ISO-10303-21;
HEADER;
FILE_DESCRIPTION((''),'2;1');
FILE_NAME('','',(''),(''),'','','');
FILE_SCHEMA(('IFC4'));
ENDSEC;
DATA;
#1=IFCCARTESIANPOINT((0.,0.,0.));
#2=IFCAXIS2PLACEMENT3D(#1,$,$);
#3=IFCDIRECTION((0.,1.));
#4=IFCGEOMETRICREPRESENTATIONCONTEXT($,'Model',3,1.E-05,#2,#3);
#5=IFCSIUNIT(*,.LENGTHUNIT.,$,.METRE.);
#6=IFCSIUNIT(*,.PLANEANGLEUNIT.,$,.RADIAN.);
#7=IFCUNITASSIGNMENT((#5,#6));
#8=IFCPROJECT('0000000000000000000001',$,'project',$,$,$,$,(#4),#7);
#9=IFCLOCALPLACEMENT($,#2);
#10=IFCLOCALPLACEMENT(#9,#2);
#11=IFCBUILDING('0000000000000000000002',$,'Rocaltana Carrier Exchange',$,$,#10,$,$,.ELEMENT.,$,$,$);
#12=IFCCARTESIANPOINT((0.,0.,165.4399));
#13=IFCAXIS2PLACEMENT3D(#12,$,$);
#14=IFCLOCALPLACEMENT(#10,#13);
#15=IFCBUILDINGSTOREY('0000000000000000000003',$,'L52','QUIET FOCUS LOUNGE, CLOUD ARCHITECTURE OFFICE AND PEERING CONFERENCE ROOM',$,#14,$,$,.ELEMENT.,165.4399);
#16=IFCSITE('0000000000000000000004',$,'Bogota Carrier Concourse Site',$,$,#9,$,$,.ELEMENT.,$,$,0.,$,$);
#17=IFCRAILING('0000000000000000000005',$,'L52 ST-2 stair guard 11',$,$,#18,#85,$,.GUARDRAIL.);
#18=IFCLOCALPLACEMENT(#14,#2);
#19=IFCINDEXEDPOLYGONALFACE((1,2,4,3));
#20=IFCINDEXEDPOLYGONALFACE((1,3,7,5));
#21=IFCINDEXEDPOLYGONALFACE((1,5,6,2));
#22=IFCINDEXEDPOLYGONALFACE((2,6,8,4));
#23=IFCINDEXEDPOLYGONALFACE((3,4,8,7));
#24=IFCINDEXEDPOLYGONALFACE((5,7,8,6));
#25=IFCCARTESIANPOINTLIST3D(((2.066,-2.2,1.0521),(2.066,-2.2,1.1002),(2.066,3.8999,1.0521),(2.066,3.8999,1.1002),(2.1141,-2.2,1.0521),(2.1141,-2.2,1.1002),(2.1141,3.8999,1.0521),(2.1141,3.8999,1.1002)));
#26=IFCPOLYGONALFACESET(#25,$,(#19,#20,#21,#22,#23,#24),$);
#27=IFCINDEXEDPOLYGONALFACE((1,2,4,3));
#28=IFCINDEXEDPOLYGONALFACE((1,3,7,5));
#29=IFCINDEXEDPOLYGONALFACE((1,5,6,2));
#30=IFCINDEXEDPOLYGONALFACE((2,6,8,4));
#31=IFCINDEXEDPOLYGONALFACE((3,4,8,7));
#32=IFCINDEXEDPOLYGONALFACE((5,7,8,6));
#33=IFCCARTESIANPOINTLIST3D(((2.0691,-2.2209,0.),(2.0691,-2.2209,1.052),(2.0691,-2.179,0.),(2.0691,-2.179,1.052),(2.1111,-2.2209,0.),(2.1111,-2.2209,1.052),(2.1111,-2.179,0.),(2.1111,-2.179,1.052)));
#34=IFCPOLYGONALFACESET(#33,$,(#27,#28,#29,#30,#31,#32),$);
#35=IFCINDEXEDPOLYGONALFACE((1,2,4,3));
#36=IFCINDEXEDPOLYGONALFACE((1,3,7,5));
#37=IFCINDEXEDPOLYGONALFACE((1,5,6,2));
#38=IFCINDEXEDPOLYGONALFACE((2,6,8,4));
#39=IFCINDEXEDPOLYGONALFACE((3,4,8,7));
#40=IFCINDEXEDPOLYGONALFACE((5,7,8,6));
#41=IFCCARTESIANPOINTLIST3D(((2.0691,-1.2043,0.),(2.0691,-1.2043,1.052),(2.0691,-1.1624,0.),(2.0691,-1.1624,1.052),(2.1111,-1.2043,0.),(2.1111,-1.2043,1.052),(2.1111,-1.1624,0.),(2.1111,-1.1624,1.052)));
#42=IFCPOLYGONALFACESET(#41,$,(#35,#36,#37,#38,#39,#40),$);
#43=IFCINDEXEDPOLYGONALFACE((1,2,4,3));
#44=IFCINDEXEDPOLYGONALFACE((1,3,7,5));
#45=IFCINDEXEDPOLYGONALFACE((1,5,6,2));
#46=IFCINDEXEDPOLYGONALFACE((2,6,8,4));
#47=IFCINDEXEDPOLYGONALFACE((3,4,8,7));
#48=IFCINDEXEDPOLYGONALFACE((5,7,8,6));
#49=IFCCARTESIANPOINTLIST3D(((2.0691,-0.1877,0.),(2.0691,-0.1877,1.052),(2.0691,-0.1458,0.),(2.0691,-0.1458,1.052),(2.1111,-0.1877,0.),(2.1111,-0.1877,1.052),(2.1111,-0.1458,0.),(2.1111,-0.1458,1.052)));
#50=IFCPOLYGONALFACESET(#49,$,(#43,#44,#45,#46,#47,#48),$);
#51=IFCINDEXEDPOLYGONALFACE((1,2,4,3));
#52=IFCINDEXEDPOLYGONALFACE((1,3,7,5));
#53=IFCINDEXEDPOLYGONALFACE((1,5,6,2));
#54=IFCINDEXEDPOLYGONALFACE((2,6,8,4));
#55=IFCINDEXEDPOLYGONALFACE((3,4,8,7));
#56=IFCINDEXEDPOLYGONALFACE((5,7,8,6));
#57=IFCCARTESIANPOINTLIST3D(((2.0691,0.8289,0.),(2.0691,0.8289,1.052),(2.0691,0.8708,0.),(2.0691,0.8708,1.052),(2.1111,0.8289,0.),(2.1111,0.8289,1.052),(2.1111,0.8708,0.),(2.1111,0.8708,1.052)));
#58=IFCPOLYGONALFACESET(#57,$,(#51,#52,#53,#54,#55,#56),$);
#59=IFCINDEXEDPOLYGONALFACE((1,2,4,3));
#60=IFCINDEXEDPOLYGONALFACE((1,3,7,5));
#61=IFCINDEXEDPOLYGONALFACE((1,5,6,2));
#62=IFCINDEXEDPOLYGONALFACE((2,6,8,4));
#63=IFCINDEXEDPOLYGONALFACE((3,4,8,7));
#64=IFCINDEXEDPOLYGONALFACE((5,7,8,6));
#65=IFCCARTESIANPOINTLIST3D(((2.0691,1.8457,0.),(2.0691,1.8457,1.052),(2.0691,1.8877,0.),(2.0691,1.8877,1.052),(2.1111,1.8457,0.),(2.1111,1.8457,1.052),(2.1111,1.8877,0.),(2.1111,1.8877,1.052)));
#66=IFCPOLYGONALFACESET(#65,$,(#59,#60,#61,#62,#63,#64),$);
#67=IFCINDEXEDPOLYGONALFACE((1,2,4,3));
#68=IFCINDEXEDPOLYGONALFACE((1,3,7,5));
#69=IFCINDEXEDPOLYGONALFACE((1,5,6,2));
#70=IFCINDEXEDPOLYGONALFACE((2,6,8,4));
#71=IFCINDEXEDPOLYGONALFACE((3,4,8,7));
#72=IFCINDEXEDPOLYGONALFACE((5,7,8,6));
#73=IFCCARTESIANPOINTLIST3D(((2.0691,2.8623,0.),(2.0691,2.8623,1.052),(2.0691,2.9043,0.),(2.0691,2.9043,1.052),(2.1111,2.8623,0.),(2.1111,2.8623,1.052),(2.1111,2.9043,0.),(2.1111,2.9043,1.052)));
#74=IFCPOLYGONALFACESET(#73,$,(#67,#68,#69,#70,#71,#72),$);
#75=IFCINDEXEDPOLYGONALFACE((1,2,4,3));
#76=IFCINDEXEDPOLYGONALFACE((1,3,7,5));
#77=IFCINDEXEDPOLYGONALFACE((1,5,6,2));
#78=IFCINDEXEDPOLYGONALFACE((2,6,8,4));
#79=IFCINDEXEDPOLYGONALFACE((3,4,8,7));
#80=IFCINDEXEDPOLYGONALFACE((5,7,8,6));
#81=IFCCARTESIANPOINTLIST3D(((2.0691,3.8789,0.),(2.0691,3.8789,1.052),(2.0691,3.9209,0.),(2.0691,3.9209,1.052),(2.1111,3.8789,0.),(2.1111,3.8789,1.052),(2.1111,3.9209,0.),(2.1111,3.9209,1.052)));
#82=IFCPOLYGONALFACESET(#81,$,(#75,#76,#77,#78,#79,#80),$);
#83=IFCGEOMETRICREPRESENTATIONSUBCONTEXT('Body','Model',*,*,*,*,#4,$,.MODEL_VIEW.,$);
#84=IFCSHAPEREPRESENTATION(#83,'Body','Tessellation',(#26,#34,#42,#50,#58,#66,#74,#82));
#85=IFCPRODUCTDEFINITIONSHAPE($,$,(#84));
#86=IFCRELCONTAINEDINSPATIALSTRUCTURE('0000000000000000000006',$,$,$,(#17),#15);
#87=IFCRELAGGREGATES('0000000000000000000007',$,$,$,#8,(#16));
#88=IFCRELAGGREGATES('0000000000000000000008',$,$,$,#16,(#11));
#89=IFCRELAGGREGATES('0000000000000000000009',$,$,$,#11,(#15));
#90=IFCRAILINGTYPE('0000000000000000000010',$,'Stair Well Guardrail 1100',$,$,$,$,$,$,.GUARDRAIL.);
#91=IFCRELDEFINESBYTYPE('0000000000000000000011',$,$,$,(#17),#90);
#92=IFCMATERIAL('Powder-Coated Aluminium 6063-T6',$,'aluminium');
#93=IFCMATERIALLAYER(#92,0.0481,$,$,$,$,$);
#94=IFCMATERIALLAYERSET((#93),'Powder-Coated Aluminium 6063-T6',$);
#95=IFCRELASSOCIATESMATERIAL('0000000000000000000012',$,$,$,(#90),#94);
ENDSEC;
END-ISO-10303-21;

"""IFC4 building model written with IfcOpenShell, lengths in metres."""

from ifc_helpers import new_model, si_unit, direction, frame, origin, origin_2d, place, context, subcontext, project, spatial, rectangle, extrude, material, layer, layer_set, type_object, element, save


model = new_model("IFC4")

# Units and contexts
model_context = context("Model", 3, precision=1e-05, world=origin(), true_north=direction((0.0, 1.0)))
body_context = subcontext(model_context, "Body", "Model", "MODEL_VIEW")
ifc_project = project(units=[si_unit("LENGTHUNIT", "METRE"), si_unit("PLANEANGLEUNIT", "RADIAN")], contexts=[model_context])

# Site, building, storey
site_placement = place(None, origin())
site = spatial("IfcSite", under=ifc_project, at=site_placement, Name="Bogota Carrier Concourse Site", CompositionType="ELEMENT", RefElevation=0.0)
building_placement = place(site_placement, origin())
building = spatial("IfcBuilding", under=site, at=building_placement, Name="Rocaltana Carrier Exchange", CompositionType="ELEMENT")
storey_placement = place(building_placement, frame((0.0, 0.0, 165.4399)))
storey = spatial("IfcBuildingStorey", under=building, at=storey_placement, Name="L52", Description="QUIET FOCUS LOUNGE, CLOUD ARCHITECTURE OFFICE AND PEERING CONFERENCE ROOM", CompositionType="ELEMENT", Elevation=165.4399)

# Railing
ifc_material_1 = material(Name="Powder-Coated Aluminium 6063-T6", Category="aluminium")
ifc_layer_1 = layer(ifc_material_1, 0.0481)
ifc_layer_set_1 = layer_set([ifc_layer_1], Name="Powder-Coated Aluminium 6063-T6")
railing_type_1 = type_object("IfcRailingType", Name="Stair Well Guardrail 1100", PredefinedType="GUARDRAIL", material=ifc_layer_set_1)
for number, where, name in (
    (1, (2.0901, -2.2, 0.0), "L52 ST-2 stair guard 11"),
):
    element("IfcRailing", number, at=place(storey_placement, frame(where)), inside=storey, type_object=railing_type_1, Name=name, PredefinedType="GUARDRAIL", context=body_context, shape_type="SweptSolid", body=[
        extrude(rectangle(XDim=0.0481, YDim=0.0481, at=origin_2d()), frame((0.0, 0.0, 1.0762), z_axis=(0.0, 1.0, 0.0), x_axis=(-1.0, 0.0, 0.0)), (0.0, 0.0, 1.0), 6.0999),
        extrude(rectangle(XDim=0.042, YDim=0.042, at=origin_2d()), origin(), (0.0, 0.0, 1.0), 1.052),
        extrude(rectangle(XDim=0.042, YDim=0.042, at=origin_2d()), frame((0.0, 1.0166, 0.0)), (0.0, 0.0, 1.0), 1.052),
        extrude(rectangle(XDim=0.042, YDim=0.042, at=origin_2d()), frame((0.0, 2.0332, 0.0)), (0.0, 0.0, 1.0), 1.052),
        extrude(rectangle(XDim=0.042, YDim=0.042, at=origin_2d()), frame((0.0, 3.0498, 0.0)), (0.0, 0.0, 1.0), 1.052),
        extrude(rectangle(XDim=0.042, YDim=0.042, at=origin_2d()), frame((0.0, 4.0667, 0.0)), (0.0, 0.0, 1.0), 1.052),
        extrude(rectangle(XDim=0.042, YDim=0.042, at=origin_2d()), frame((0.0, 5.0833, 0.0)), (0.0, 0.0, 1.0), 1.052),
        extrude(rectangle(XDim=0.042, YDim=0.042, at=origin_2d()), frame((0.0, 6.0999, 0.0)), (0.0, 0.0, 1.0), 1.052),
    ])

save(model, "model.ifc")
